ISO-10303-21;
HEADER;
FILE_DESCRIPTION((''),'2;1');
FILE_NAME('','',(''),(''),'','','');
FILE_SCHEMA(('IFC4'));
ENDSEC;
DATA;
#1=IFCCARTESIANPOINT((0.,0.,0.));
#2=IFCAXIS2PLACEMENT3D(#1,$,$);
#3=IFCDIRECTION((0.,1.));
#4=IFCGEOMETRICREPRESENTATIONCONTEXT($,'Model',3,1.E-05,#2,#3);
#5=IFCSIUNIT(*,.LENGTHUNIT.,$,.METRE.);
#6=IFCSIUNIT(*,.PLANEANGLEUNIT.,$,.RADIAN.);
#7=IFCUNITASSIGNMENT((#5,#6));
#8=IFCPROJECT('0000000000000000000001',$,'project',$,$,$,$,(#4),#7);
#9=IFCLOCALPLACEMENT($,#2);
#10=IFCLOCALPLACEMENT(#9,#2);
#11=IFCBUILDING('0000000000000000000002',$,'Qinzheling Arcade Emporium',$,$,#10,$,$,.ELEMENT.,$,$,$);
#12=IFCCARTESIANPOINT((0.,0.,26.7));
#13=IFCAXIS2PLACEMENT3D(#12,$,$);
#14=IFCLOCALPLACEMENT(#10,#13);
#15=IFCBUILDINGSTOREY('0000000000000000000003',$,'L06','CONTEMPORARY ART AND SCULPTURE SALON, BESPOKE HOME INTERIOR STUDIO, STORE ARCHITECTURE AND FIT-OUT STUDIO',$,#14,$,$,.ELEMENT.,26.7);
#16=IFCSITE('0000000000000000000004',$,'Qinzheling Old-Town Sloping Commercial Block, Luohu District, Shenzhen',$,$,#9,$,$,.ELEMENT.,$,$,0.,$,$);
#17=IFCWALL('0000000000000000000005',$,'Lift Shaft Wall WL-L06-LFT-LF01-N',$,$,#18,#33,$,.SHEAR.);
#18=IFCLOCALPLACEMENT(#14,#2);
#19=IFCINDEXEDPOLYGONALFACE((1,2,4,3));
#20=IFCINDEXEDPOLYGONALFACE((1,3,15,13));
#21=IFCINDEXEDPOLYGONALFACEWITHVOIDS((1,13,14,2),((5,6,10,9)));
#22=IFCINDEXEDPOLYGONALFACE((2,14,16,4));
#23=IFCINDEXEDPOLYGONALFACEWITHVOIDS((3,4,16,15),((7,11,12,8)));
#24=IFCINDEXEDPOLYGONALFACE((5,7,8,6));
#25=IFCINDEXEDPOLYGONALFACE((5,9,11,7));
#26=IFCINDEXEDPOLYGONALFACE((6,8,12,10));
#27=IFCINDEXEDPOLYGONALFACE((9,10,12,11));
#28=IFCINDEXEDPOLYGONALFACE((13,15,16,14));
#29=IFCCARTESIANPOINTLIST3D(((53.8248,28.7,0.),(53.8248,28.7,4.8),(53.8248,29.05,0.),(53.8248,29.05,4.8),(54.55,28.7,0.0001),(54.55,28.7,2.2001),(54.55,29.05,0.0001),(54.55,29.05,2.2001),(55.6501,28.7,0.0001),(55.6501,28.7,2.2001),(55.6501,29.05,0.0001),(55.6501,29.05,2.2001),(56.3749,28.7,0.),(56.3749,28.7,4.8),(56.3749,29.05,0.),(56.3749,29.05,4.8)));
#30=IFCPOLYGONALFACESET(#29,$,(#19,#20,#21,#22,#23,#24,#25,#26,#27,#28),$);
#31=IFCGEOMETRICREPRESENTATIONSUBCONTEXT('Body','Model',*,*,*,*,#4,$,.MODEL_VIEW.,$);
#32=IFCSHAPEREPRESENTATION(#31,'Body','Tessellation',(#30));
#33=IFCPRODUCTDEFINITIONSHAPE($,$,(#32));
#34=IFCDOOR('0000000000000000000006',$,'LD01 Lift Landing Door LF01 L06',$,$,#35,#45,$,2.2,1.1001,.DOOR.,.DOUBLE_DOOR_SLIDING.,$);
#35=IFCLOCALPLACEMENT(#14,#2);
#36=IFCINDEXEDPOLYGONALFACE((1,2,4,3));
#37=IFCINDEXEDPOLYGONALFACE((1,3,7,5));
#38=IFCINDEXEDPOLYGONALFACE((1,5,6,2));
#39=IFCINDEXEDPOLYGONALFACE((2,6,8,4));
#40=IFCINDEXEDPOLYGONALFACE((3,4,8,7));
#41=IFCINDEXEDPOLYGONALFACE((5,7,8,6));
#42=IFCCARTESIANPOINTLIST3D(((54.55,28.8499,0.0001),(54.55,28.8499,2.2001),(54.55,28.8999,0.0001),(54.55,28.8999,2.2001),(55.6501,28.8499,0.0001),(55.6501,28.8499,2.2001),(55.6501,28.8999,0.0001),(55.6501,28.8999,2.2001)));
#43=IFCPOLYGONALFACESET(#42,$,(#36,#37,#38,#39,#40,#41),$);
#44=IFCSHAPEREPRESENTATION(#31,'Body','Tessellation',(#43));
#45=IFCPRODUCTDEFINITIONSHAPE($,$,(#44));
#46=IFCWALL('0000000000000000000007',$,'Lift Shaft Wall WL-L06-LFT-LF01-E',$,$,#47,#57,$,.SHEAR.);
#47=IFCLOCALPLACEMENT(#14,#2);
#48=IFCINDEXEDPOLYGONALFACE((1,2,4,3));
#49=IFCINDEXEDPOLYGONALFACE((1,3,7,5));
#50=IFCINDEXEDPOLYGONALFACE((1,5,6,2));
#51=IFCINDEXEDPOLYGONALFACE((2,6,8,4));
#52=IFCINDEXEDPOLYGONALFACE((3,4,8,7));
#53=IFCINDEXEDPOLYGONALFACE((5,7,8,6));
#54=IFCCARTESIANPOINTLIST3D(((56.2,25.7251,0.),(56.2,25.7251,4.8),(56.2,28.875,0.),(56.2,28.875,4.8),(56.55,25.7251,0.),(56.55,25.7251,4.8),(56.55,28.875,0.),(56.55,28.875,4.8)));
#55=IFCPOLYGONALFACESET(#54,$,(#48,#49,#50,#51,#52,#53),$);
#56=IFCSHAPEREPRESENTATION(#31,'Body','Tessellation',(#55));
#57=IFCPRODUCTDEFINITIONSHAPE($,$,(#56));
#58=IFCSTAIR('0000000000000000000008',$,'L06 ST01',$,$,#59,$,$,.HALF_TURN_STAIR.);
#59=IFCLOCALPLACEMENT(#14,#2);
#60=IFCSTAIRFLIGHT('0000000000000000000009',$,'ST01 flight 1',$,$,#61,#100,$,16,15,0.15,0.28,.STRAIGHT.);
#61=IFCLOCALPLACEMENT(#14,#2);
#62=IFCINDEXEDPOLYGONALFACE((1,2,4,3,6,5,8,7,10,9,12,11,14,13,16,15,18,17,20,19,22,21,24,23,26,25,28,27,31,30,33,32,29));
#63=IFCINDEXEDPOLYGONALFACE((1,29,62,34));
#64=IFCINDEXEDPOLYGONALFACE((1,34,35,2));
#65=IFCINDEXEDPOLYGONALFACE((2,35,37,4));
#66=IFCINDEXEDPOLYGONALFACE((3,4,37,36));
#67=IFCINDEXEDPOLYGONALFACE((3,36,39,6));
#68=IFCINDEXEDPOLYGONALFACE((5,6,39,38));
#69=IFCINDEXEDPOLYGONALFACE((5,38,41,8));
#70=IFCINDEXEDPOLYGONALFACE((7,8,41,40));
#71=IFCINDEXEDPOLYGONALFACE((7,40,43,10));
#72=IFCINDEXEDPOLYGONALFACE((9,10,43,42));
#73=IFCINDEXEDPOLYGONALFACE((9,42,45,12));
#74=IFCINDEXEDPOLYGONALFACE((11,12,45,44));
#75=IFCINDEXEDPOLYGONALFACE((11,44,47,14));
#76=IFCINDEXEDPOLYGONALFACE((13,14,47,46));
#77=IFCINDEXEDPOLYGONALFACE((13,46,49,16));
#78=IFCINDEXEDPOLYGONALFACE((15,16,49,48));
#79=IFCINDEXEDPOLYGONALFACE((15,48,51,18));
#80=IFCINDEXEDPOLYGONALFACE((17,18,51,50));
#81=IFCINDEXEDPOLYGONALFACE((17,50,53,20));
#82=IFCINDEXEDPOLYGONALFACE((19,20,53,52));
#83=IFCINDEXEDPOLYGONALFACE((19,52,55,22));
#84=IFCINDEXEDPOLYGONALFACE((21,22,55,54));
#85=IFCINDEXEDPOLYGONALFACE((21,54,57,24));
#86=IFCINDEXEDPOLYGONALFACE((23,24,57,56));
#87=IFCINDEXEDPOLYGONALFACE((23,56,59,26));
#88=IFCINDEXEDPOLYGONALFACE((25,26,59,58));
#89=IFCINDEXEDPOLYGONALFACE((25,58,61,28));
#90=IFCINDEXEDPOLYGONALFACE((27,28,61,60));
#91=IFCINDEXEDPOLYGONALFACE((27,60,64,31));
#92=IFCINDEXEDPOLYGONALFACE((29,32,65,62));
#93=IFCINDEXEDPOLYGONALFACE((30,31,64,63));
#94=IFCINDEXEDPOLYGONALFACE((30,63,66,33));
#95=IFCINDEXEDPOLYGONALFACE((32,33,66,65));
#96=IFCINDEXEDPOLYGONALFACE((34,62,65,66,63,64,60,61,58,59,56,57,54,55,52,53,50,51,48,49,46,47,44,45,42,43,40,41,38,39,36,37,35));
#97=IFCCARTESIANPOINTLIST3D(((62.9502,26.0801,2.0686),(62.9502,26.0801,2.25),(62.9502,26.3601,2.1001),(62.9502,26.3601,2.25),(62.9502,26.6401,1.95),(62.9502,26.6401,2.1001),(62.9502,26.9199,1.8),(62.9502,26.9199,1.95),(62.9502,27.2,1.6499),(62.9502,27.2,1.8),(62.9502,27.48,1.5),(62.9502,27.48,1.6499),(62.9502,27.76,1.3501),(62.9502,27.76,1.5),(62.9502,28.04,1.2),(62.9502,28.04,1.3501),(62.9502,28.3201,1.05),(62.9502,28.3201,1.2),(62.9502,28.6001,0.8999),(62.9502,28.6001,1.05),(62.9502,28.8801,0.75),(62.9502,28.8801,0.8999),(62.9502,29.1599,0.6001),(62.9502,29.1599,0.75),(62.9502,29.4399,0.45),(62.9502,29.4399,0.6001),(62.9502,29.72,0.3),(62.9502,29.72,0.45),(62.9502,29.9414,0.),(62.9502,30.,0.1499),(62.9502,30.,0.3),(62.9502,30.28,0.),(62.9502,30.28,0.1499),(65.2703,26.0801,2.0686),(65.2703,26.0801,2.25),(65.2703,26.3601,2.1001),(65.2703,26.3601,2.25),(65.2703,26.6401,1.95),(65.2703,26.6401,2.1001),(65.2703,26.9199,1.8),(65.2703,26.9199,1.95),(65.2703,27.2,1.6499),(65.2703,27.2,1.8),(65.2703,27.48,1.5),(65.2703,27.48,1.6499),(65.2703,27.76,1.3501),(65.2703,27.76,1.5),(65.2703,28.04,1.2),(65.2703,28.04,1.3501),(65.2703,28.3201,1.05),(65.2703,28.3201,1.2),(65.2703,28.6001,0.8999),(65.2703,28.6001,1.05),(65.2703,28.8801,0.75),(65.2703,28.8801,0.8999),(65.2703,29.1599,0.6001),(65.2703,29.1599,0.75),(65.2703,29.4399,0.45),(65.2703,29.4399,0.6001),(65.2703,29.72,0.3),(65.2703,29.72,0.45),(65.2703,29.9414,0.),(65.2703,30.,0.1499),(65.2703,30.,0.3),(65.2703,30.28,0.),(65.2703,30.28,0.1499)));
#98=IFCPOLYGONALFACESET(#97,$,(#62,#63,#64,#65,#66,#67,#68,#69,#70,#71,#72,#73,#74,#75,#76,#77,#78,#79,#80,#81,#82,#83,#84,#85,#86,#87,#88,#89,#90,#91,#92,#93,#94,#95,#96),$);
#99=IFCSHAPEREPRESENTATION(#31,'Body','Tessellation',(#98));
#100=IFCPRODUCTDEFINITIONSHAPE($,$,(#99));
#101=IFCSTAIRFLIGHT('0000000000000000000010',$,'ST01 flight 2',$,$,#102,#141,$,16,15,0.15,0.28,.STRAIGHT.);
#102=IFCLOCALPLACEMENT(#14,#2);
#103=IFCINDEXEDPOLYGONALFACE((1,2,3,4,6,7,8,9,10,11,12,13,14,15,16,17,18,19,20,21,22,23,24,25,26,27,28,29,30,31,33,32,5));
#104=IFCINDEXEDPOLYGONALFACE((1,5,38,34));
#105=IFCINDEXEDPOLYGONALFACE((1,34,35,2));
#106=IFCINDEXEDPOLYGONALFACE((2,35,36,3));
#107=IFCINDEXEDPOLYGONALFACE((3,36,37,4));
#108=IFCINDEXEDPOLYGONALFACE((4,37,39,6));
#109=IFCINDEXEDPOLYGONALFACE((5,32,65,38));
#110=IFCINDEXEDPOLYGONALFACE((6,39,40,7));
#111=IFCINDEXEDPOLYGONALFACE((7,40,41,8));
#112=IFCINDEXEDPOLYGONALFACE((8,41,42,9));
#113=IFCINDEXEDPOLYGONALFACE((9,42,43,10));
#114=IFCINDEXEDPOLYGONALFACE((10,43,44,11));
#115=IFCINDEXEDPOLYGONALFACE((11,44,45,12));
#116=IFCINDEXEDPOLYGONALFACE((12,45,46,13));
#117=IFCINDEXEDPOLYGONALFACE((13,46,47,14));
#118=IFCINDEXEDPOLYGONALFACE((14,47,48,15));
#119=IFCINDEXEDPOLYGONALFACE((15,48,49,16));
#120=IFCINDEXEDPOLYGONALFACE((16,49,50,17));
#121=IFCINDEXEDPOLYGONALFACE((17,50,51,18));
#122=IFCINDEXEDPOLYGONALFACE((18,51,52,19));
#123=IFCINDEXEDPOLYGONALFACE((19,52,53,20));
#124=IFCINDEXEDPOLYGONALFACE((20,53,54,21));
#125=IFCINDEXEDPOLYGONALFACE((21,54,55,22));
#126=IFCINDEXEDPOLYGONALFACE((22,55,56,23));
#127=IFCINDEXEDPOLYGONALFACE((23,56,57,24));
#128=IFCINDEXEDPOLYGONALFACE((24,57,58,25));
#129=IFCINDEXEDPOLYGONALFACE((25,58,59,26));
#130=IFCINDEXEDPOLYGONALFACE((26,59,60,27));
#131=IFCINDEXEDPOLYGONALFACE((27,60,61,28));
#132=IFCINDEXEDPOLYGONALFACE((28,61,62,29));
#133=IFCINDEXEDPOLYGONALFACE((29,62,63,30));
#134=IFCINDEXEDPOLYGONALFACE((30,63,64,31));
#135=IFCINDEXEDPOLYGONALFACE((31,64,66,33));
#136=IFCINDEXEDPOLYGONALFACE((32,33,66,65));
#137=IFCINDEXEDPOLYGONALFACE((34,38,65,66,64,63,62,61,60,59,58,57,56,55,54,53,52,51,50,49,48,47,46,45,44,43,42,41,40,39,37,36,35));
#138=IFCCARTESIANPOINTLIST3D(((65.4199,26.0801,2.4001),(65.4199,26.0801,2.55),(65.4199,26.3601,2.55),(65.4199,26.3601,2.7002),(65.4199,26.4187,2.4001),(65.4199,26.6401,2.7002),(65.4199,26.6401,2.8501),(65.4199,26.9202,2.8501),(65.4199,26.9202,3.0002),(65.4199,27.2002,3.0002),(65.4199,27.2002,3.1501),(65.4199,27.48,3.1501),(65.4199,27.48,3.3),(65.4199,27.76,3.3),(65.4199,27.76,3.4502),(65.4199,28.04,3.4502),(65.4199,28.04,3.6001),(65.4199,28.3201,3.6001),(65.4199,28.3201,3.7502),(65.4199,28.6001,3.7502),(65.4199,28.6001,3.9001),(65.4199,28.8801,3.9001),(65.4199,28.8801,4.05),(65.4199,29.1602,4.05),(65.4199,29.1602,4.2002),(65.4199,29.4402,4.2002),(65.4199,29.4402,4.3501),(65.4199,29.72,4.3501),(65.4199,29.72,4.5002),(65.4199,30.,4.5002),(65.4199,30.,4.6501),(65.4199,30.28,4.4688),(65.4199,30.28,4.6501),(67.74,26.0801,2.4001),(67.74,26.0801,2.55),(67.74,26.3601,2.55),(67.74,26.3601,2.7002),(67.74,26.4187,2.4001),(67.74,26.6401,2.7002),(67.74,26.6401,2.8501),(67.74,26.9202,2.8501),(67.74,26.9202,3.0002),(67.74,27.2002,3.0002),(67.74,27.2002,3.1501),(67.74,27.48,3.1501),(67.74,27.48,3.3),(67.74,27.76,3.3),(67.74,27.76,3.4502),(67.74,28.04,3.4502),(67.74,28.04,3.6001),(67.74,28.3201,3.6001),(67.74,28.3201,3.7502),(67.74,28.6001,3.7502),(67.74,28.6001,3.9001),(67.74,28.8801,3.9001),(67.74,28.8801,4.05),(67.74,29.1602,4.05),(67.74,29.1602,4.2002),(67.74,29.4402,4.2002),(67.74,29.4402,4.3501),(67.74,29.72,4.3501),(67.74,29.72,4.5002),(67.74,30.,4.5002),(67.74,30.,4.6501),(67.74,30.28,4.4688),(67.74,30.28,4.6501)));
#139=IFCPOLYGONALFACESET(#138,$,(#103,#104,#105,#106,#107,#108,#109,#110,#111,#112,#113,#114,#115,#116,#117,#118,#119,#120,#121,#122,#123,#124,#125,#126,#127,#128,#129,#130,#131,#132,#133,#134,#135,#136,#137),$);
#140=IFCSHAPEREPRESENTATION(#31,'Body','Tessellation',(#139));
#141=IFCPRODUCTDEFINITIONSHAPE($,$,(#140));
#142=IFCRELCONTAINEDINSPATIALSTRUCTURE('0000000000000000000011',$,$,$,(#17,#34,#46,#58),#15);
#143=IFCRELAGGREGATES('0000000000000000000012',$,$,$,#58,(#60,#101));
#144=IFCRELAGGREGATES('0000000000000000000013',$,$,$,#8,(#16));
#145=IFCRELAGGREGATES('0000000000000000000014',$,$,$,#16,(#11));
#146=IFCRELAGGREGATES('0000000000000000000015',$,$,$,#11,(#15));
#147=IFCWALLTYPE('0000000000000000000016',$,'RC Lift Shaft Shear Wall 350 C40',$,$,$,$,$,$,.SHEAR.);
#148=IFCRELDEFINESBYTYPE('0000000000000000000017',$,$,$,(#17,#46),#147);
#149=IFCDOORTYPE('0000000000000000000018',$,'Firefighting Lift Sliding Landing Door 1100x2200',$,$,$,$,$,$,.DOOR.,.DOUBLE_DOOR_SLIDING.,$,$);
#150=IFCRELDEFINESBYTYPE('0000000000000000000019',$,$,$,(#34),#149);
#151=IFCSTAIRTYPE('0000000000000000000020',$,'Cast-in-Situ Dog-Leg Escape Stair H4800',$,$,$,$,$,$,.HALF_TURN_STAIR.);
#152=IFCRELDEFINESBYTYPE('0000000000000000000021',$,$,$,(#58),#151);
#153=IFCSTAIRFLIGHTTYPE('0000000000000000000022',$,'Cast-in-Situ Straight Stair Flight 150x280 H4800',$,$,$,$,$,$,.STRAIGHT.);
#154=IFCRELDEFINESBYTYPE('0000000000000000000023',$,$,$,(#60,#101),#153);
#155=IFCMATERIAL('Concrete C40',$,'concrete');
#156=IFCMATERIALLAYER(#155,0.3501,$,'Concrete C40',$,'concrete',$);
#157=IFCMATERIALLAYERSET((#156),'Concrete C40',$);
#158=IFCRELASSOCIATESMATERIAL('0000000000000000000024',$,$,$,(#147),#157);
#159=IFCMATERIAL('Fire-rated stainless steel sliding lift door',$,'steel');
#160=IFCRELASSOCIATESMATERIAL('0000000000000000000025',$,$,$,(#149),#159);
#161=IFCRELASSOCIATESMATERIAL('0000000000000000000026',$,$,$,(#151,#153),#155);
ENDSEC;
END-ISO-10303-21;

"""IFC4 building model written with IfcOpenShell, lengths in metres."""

from ifc_helpers import new_model, si_unit, direction, frame, frame_2d, origin, place, context, subcontext, project, spatial, polyline, rectangle, outline, extrude, material, layer, layer_set, type_object, element, fill, aggregate, save


model = new_model("IFC4")

# Units and contexts
model_context = context("Model", 3, precision=1e-05, world=origin(), true_north=direction((0.0, 1.0)))
body_context = subcontext(model_context, "Body", "Model", "MODEL_VIEW")
ifc_project = project(units=[si_unit("LENGTHUNIT", "METRE"), si_unit("PLANEANGLEUNIT", "RADIAN")], contexts=[model_context])

# Site, building, storey
site_placement = place(None, origin())
site = spatial("IfcSite", under=ifc_project, at=site_placement, Name="Qinzheling Old-Town Sloping Commercial Block, Luohu District, Shenzhen", CompositionType="ELEMENT", RefElevation=0.0)
building_placement = place(site_placement, origin())
building = spatial("IfcBuilding", under=site, at=building_placement, Name="Qinzheling Arcade Emporium", CompositionType="ELEMENT")
storey_placement = place(building_placement, frame((0.0, 0.0, 26.7)))
storey = spatial("IfcBuildingStorey", under=building, at=storey_placement, Name="L06", Description="CONTEMPORARY ART AND SCULPTURE SALON, BESPOKE HOME INTERIOR STUDIO, STORE ARCHITECTURE AND FIT-OUT STUDIO", CompositionType="ELEMENT", Elevation=26.7)

# Wall, opening, door
ifc_material_1 = material(Name="Concrete C40", Category="concrete")
ifc_layer_1 = layer(ifc_material_1, 0.3501, Name="Concrete C40", Category="concrete")
ifc_layer_set_1 = layer_set([ifc_layer_1], Name="Concrete C40")
wall_type_1 = type_object("IfcWallType", Name="RC Lift Shaft Shear Wall 350 C40", PredefinedType="SHEAR", material=ifc_layer_set_1)
wall_1_placement = place(storey_placement, frame((53.825, 28.875, 0.0), z_axis=(0.0, 0.0, 1.0), x_axis=(1.0, 0.0, 0.0)))
wall_1 = element("IfcWall", 1, at=wall_1_placement, inside=storey, type_object=wall_type_1, Name="Lift Shaft Wall WL-L06-LFT-LF01-N", PredefinedType="SHEAR", context=body_context, shape_type="SweptSolid", body=[
    extrude(rectangle(XDim=2.55, YDim=0.3501, at=frame_2d((1.2749, 0.0))), origin(), (0.0, 0.0, 1.0), 4.8),
])
opening_placement = place(wall_1_placement, frame((0.7251, 0.0, 0.0)))
opening = element("IfcOpeningElement", 2, at=opening_placement, cuts=wall_1, PredefinedType="OPENING", context=body_context, shape_type="SweptSolid", body=[
    extrude(rectangle(XDim=1.1001, YDim=2.2, at=frame_2d((0.55, 1.1001))), frame((0.0, 0.1851, 0.0), z_axis=(0.0, -1.0, 0.0), x_axis=(1.0, 0.0, 0.0)), (0.0, 0.0, 1.0), 0.3701),
])
ifc_material_2 = material(Name="Fire-rated stainless steel sliding lift door", Category="steel")
door_type = type_object("IfcDoorType", Name="Firefighting Lift Sliding Landing Door 1100x2200", OperationType="DOUBLE_DOOR_SLIDING", PredefinedType="DOOR", material=ifc_material_2)
door_placement = place(opening_placement, origin())
door = element("IfcDoor", 3, at=door_placement, inside=storey, type_object=door_type, Name="LD01 Lift Landing Door LF01 L06", OperationType="DOUBLE_DOOR_SLIDING", OverallHeight=2.2, OverallWidth=1.1001, PredefinedType="DOOR", context=body_context, shape_type="SweptSolid", body=[
    extrude(rectangle(XDim=1.1001, YDim=2.2, at=frame_2d((0.55, 1.1001))), frame((0.0, 0.0249, 0.0), z_axis=(0.0, -1.0, 0.0), x_axis=(1.0, 0.0, 0.0)), (0.0, 0.0, 1.0), 0.05),
])
fill(opening, door)

# Wall
wall_2_placement = place(storey_placement, frame((56.375, 28.875, 0.0), z_axis=(0.0, 0.0, 1.0), x_axis=(0.0, -1.0, 0.0)))
element("IfcWall", 4, at=wall_2_placement, inside=storey, type_object=wall_type_1, Name="Lift Shaft Wall WL-L06-LFT-LF01-E", PredefinedType="SHEAR", context=body_context, shape_type="SweptSolid", body=[
    extrude(rectangle(XDim=3.1499, YDim=0.3501, at=frame_2d((1.575, 0.0))), origin(), (0.0, 0.0, 1.0), 4.8),
])

# Stair, stair flights
stair_type = type_object("IfcStairType", Name="Cast-in-Situ Dog-Leg Escape Stair H4800", PredefinedType="HALF_TURN_STAIR", material=ifc_material_1)
stair_placement = place(storey_placement, origin())
stair = element("IfcStair", 5, at=stair_placement, inside=storey, type_object=stair_type, Name="L06 ST01", PredefinedType="HALF_TURN_STAIR")
stair_flight_type = type_object("IfcStairFlightType", Name="Cast-in-Situ Straight Stair Flight 150x280 H4800", PredefinedType="STRAIGHT", material=ifc_material_1)
stair_flight_1_placement = place(storey_placement, frame((64.1101, 30.28, 0.0), z_axis=(0.0, 0.0, 1.0), x_axis=(0.0, -1.0, 0.0)))
stair_flight_1 = element("IfcStairFlight", 6, at=stair_flight_1_placement, type_object=stair_flight_type, Name="ST01 flight 1", NumberOfRisers=16, NumberOfTreads=15, PredefinedType="STRAIGHT", RiserHeight=0.15, TreadLength=0.28, context=body_context, shape_type="SweptSolid", body=[
    extrude(outline(polyline([(0.0, 0.0), (0.0, 0.1499), (0.28, 0.1499), (0.28, 0.3), (0.5601, 0.3), (0.5601, 0.45), (0.8401, 0.45), (0.8401, 0.6001), (1.1201, 0.6001), (1.1201, 0.75), (1.3999, 0.75), (1.3999, 0.8999), (1.6799, 0.8999), (1.6799, 1.05), (1.96, 1.05), (1.96, 1.2), (2.24, 1.2), (2.24, 1.3501), (2.52, 1.3501), (2.52, 1.5), (2.8, 1.5), (2.8, 1.6499), (3.0801, 1.6499), (3.0801, 1.8), (3.3601, 1.8), (3.3601, 1.95), (3.6399, 1.95), (3.6399, 2.1001), (3.9199, 2.1001), (3.9199, 2.25), (4.2, 2.25), (4.2, 2.3999), (4.2, 2.0686), (0.3386, 0.0), (0.0, 0.0)])), frame((0.0, 1.1602, 0.0), z_axis=(0.0, -1.0, 0.0), x_axis=(1.0, 0.0, 0.0)), (0.0, 0.0, 1.0), 2.3201),
])
stair_flight_2_placement = place(storey_placement, frame((66.5801, 26.0801, 2.4001), z_axis=(0.0, 0.0, 1.0), x_axis=(0.0, 1.0, 0.0)))
stair_flight_2 = element("IfcStairFlight", 7, at=stair_flight_2_placement, type_object=stair_flight_type, Name="ST01 flight 2", NumberOfRisers=16, NumberOfTreads=15, PredefinedType="STRAIGHT", RiserHeight=0.15, TreadLength=0.28, context=body_context, shape_type="SweptSolid", body=[
    extrude(outline(polyline([(0.0, 0.0), (0.0, 0.1499), (0.28, 0.1499), (0.28, 0.3), (0.5601, 0.3), (0.5601, 0.45), (0.8401, 0.45), (0.8401, 0.6001), (1.1201, 0.6001), (1.1201, 0.75), (1.3999, 0.75), (1.3999, 0.8999), (1.6799, 0.8999), (1.6799, 1.05), (1.96, 1.05), (1.96, 1.2), (2.24, 1.2), (2.24, 1.3501), (2.52, 1.3501), (2.52, 1.5), (2.8, 1.5), (2.8, 1.6499), (3.0801, 1.6499), (3.0801, 1.8), (3.3601, 1.8), (3.3601, 1.95), (3.6399, 1.95), (3.6399, 2.1001), (3.9199, 2.1001), (3.9199, 2.25), (4.2, 2.25), (4.2, 2.3999), (4.2, 2.0686), (0.3386, 0.0), (0.0, 0.0)])), frame((0.0, 1.1602, 0.0), z_axis=(0.0, -1.0, 0.0), x_axis=(1.0, 0.0, 0.0)), (0.0, 0.0, 1.0), 2.3201),
])
aggregate(stair, [stair_flight_1, stair_flight_2])

save(model, "model.ifc")
